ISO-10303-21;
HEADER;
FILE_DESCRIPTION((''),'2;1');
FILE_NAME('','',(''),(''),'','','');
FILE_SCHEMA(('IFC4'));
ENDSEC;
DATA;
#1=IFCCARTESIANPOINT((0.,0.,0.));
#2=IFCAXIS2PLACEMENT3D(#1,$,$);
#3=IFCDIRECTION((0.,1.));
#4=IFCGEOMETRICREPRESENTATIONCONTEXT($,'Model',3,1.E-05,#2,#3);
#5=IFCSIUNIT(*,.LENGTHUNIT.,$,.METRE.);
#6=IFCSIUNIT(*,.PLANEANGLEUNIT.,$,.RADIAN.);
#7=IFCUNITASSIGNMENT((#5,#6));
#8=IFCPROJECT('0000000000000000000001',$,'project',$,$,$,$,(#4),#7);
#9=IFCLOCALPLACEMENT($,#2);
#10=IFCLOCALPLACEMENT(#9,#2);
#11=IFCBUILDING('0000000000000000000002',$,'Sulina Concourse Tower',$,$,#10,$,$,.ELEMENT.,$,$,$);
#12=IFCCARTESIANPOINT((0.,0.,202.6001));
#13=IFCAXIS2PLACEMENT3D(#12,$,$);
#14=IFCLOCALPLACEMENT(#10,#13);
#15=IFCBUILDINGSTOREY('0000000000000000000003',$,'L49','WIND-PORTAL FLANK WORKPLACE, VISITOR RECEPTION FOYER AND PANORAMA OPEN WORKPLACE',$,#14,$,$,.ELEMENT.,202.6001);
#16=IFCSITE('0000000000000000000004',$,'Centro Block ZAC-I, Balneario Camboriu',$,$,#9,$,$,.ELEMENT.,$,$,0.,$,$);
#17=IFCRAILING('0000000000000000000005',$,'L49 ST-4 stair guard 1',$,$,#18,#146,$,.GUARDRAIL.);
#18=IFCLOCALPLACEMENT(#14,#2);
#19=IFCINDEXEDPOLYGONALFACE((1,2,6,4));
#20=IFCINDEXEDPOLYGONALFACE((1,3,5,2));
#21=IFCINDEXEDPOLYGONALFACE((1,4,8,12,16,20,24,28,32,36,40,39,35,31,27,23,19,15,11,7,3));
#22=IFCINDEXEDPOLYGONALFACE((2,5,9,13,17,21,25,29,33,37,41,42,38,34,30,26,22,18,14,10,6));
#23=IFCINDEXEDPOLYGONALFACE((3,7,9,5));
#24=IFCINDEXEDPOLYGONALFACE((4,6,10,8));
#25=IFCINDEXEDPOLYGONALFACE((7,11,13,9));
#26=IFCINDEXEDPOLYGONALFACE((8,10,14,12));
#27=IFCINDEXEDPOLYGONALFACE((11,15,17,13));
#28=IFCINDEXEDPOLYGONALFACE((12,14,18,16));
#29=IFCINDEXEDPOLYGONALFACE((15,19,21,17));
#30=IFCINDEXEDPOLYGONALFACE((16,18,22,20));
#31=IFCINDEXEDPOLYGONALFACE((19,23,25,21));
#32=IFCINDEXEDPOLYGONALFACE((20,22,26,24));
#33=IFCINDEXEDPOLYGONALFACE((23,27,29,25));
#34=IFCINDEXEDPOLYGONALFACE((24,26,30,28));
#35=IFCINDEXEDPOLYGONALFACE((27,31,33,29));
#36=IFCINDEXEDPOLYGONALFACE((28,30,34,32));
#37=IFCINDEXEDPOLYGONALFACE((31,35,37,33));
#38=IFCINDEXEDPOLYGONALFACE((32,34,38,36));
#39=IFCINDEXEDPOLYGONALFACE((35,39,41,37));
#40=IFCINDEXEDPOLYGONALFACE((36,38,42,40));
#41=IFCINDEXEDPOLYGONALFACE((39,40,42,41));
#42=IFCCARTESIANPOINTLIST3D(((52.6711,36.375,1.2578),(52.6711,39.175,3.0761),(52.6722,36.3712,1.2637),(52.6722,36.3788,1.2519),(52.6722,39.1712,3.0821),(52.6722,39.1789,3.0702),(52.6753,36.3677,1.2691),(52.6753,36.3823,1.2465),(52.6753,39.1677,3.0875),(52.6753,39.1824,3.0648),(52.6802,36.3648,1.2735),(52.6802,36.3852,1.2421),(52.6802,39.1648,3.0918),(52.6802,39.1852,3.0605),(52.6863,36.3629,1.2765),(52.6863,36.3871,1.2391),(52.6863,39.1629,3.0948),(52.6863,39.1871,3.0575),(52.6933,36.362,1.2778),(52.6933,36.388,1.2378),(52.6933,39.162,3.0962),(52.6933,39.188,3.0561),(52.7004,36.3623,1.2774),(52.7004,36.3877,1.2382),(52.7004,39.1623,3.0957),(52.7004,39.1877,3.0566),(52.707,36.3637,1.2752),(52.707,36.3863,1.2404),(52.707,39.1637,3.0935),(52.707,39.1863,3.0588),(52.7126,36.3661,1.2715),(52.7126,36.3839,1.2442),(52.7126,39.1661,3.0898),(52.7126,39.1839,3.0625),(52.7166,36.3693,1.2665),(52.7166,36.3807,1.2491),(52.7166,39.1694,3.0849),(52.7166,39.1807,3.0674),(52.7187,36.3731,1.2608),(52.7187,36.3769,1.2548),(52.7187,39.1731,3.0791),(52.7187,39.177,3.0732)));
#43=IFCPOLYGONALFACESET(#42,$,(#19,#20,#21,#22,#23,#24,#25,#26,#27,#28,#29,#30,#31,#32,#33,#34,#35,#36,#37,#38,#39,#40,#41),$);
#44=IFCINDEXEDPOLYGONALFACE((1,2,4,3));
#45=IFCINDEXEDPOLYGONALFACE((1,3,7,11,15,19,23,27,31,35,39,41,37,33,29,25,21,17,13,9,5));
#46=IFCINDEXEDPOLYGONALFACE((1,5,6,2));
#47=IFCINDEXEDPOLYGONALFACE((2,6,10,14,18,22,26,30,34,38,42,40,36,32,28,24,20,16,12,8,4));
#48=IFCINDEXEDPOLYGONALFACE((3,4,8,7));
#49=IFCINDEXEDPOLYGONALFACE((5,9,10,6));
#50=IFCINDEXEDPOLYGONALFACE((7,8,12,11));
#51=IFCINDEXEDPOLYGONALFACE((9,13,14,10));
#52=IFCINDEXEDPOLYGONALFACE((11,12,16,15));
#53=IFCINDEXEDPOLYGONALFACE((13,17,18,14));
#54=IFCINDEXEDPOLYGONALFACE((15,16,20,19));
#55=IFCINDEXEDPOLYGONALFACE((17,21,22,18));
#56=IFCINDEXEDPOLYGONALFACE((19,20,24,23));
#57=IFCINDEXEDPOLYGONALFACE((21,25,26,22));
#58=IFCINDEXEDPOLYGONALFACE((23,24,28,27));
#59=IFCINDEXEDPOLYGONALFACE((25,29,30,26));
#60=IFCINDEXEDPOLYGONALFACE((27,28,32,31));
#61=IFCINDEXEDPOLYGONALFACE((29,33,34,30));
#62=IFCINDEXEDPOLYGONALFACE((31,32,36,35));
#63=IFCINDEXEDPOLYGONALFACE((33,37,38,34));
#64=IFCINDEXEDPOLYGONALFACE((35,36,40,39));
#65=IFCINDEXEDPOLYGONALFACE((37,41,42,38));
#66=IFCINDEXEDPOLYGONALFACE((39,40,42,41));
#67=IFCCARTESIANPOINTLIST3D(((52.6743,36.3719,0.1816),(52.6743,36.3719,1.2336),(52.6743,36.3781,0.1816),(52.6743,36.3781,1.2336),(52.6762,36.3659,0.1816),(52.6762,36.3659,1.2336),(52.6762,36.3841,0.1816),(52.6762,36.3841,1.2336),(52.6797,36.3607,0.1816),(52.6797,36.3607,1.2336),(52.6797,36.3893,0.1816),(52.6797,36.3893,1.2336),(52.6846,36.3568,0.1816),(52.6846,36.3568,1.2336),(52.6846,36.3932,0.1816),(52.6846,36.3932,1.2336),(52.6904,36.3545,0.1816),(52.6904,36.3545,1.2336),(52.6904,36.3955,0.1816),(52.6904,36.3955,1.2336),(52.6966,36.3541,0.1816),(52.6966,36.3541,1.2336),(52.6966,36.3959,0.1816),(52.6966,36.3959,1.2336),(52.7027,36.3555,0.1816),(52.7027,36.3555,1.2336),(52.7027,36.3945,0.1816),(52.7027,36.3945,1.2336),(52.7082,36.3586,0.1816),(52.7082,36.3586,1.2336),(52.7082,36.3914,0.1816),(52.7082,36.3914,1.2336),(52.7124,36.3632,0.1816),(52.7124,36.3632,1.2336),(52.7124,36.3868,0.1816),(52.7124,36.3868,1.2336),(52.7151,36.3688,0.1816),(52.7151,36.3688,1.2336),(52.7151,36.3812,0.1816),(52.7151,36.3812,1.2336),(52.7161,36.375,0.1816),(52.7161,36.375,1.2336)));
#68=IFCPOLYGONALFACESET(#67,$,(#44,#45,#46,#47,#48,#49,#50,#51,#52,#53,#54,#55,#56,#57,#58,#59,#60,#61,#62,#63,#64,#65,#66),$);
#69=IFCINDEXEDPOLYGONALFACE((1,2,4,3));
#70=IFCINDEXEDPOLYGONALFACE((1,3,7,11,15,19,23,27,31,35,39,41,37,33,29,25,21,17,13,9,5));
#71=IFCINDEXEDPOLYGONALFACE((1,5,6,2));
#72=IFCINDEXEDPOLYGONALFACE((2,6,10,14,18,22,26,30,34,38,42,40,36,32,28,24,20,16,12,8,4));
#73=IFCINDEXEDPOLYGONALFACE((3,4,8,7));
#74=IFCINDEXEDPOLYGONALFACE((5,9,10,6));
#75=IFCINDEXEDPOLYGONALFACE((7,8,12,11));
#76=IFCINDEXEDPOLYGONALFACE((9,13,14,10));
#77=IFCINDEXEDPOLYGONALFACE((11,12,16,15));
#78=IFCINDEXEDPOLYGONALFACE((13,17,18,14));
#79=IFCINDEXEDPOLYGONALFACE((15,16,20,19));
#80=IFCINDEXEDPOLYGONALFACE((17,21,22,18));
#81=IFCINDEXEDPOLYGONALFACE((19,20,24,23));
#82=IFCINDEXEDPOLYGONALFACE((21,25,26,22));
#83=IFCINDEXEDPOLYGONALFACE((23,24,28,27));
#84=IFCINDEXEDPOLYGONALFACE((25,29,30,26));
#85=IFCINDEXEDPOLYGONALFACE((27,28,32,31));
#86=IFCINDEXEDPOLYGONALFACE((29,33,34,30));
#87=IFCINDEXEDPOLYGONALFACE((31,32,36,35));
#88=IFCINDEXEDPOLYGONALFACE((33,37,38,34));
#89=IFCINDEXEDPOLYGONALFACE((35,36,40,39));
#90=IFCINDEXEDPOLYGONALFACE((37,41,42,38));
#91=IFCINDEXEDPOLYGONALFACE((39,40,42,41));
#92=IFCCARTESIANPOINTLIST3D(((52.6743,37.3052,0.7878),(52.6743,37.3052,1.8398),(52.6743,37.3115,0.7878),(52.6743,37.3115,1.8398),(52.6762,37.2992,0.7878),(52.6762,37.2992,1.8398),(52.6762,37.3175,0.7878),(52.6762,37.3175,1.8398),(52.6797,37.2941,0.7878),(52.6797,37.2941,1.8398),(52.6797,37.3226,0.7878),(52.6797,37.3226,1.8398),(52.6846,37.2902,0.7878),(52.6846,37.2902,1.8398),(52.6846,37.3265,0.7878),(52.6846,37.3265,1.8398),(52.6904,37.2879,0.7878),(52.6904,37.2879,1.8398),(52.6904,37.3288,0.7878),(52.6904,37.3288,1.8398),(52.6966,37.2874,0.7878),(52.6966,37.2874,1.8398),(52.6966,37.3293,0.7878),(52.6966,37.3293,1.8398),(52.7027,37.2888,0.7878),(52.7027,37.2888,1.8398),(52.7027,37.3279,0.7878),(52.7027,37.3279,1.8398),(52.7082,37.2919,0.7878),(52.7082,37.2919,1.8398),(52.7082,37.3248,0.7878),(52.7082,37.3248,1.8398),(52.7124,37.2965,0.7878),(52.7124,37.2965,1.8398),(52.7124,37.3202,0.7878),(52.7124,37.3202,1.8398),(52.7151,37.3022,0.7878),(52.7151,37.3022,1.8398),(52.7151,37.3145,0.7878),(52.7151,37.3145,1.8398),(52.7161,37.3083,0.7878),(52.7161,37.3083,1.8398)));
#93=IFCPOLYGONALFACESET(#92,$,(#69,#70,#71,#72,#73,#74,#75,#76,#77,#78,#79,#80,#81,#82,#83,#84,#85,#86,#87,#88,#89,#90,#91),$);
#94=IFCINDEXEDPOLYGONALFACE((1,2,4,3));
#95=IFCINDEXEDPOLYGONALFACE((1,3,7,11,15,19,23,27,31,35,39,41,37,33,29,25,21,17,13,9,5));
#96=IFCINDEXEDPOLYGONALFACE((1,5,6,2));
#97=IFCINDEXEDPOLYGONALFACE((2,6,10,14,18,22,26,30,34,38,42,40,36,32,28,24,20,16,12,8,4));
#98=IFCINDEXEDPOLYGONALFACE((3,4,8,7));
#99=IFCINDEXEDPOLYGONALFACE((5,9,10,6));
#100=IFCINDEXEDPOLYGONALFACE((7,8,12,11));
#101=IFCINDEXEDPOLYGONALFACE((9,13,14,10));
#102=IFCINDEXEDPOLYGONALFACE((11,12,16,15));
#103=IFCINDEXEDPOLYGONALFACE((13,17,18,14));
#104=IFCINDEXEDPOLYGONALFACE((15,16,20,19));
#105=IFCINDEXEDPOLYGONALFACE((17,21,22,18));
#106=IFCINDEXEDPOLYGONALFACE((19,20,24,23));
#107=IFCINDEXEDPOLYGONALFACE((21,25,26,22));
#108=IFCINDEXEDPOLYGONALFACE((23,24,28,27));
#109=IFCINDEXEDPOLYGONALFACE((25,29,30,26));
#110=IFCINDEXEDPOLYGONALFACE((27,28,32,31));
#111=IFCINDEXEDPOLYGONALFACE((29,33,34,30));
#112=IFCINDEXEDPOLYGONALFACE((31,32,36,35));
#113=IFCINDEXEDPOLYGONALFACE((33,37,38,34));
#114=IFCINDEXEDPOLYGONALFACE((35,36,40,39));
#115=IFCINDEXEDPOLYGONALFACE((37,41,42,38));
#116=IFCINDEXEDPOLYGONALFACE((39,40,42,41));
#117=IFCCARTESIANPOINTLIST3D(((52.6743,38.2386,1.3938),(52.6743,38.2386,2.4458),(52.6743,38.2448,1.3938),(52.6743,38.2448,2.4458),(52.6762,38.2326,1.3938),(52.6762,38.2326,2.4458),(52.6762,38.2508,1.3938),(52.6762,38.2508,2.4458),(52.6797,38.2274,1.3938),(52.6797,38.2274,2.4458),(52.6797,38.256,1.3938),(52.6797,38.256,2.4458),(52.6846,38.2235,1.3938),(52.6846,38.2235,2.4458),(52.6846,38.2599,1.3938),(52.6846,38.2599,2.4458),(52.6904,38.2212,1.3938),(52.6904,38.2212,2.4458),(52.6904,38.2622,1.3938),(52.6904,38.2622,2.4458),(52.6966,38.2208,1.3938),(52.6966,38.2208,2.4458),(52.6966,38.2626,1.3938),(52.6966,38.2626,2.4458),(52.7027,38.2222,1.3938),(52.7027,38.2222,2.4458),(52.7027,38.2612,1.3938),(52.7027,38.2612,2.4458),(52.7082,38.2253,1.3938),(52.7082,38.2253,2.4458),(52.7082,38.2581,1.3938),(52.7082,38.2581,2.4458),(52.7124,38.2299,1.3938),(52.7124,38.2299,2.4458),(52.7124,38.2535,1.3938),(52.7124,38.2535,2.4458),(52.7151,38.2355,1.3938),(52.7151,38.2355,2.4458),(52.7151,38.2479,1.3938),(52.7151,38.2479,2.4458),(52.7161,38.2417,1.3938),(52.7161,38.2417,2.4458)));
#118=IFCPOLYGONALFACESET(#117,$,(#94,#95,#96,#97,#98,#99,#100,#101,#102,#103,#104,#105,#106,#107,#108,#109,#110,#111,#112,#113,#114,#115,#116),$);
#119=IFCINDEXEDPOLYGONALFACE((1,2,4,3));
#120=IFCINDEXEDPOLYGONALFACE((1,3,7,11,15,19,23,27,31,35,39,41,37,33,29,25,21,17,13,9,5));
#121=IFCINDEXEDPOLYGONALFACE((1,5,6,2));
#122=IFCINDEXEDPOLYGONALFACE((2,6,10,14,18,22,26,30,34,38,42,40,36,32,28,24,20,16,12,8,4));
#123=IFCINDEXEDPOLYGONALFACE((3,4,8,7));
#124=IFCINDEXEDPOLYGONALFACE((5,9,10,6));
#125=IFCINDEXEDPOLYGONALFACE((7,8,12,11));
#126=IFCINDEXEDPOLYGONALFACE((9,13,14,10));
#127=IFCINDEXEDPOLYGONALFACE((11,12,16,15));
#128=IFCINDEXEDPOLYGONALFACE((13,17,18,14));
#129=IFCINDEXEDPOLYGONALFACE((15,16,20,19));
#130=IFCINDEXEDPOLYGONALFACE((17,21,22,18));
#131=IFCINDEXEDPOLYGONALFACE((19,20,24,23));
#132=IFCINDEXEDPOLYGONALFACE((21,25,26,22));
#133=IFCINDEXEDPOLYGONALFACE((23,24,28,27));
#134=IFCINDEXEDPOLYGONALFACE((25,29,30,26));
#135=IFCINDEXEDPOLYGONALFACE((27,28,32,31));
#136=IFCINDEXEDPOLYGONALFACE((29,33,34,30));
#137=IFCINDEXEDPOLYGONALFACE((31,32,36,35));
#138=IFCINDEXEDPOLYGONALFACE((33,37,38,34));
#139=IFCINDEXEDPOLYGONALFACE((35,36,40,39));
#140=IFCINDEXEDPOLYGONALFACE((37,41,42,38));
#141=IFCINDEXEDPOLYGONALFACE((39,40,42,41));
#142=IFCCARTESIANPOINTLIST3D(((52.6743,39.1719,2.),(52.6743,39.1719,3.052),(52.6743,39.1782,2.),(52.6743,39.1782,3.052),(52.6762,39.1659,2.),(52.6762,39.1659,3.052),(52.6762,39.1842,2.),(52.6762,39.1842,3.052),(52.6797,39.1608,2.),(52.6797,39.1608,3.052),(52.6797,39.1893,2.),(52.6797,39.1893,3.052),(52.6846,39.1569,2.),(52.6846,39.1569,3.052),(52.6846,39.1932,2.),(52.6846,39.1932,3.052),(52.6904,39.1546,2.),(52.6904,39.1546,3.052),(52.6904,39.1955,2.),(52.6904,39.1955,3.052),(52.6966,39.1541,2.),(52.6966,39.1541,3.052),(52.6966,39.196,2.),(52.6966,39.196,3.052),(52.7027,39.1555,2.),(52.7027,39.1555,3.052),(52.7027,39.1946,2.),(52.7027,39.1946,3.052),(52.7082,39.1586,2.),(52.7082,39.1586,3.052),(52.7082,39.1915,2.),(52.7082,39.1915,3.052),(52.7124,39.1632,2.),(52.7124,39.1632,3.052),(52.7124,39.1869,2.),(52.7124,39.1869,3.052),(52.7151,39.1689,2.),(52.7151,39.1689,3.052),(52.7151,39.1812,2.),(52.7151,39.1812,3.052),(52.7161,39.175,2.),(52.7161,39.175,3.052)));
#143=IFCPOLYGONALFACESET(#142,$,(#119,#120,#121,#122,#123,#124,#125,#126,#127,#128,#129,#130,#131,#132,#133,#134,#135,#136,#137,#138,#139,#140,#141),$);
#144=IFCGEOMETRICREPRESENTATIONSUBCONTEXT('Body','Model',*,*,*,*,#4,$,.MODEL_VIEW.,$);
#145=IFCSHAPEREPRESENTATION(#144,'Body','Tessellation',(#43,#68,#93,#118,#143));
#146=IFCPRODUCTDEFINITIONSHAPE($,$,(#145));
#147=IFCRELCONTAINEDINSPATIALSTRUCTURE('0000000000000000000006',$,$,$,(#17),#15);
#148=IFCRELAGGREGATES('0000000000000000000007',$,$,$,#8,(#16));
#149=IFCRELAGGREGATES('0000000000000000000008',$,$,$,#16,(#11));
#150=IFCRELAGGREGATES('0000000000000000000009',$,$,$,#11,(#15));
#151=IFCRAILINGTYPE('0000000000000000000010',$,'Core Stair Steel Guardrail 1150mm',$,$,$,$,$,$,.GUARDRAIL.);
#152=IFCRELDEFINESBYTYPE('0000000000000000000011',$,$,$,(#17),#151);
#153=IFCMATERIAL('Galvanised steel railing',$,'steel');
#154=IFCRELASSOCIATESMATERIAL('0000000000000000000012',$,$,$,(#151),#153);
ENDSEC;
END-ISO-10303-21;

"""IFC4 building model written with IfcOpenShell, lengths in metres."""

from ifc_helpers import new_model, si_unit, direction, frame, origin, origin_2d, place, context, subcontext, project, spatial, circle, extrude, material, type_object, element, save


model = new_model("IFC4")

# Units and contexts
model_context = context("Model", 3, precision=1e-05, world=origin(), true_north=direction((0.0, 1.0)))
body_context = subcontext(model_context, "Body", "Model", "MODEL_VIEW")
ifc_project = project(units=[si_unit("LENGTHUNIT", "METRE"), si_unit("PLANEANGLEUNIT", "RADIAN")], contexts=[model_context])

# Site, building, storey
site_placement = place(None, origin())
site = spatial("IfcSite", under=ifc_project, at=site_placement, Name="Centro Block ZAC-I, Balneario Camboriu", CompositionType="ELEMENT", RefElevation=0.0)
building_placement = place(site_placement, origin())
building = spatial("IfcBuilding", under=site, at=building_placement, Name="Sulina Concourse Tower", CompositionType="ELEMENT")
storey_placement = place(building_placement, frame((0.0, 0.0, 202.6001)))
storey = spatial("IfcBuildingStorey", under=building, at=storey_placement, Name="L49", Description="WIND-PORTAL FLANK WORKPLACE, VISITOR RECEPTION FOYER AND PANORAMA OPEN WORKPLACE", CompositionType="ELEMENT", Elevation=202.6001)

# Railing
ifc_material_1 = material(Name="Galvanised steel railing", Category="steel")
railing_type_1 = type_object("IfcRailingType", Name="Core Stair Steel Guardrail 1150mm", PredefinedType="GUARDRAIL", material=ifc_material_1)
railing_1_placement = place(storey_placement, frame((52.6951, 36.375, 0.1816)))
element("IfcRailing", 1, at=railing_1_placement, inside=storey, type_object=railing_type_1, Name="L49 ST-4 stair guard 1", PredefinedType="GUARDRAIL", context=body_context, shape_type="SweptSolid", body=[
    extrude(circle(Radius=0.0239, at=origin_2d()), frame((0.0, 0.0, 1.0762), z_axis=(0.0, 0.838672, 0.544636), x_axis=(-1.0, 0.0, 0.0)), (0.0, 0.0, 1.0), 3.3386),
    extrude(circle(Radius=0.021, at=origin_2d()), origin(), (0.0, 0.0, 1.0), 1.052),
    extrude(circle(Radius=0.021, at=origin_2d()), frame((0.0, 0.9333, 0.6062)), (0.0, 0.0, 1.0), 1.052),
    extrude(circle(Radius=0.021, at=origin_2d()), frame((0.0, 1.8667, 1.2122)), (0.0, 0.0, 1.0), 1.052),
    extrude(circle(Radius=0.021, at=origin_2d()), frame((0.0, 2.8, 1.8184)), (0.0, 0.0, 1.0), 1.052),
])

save(model, "model.ifc")
